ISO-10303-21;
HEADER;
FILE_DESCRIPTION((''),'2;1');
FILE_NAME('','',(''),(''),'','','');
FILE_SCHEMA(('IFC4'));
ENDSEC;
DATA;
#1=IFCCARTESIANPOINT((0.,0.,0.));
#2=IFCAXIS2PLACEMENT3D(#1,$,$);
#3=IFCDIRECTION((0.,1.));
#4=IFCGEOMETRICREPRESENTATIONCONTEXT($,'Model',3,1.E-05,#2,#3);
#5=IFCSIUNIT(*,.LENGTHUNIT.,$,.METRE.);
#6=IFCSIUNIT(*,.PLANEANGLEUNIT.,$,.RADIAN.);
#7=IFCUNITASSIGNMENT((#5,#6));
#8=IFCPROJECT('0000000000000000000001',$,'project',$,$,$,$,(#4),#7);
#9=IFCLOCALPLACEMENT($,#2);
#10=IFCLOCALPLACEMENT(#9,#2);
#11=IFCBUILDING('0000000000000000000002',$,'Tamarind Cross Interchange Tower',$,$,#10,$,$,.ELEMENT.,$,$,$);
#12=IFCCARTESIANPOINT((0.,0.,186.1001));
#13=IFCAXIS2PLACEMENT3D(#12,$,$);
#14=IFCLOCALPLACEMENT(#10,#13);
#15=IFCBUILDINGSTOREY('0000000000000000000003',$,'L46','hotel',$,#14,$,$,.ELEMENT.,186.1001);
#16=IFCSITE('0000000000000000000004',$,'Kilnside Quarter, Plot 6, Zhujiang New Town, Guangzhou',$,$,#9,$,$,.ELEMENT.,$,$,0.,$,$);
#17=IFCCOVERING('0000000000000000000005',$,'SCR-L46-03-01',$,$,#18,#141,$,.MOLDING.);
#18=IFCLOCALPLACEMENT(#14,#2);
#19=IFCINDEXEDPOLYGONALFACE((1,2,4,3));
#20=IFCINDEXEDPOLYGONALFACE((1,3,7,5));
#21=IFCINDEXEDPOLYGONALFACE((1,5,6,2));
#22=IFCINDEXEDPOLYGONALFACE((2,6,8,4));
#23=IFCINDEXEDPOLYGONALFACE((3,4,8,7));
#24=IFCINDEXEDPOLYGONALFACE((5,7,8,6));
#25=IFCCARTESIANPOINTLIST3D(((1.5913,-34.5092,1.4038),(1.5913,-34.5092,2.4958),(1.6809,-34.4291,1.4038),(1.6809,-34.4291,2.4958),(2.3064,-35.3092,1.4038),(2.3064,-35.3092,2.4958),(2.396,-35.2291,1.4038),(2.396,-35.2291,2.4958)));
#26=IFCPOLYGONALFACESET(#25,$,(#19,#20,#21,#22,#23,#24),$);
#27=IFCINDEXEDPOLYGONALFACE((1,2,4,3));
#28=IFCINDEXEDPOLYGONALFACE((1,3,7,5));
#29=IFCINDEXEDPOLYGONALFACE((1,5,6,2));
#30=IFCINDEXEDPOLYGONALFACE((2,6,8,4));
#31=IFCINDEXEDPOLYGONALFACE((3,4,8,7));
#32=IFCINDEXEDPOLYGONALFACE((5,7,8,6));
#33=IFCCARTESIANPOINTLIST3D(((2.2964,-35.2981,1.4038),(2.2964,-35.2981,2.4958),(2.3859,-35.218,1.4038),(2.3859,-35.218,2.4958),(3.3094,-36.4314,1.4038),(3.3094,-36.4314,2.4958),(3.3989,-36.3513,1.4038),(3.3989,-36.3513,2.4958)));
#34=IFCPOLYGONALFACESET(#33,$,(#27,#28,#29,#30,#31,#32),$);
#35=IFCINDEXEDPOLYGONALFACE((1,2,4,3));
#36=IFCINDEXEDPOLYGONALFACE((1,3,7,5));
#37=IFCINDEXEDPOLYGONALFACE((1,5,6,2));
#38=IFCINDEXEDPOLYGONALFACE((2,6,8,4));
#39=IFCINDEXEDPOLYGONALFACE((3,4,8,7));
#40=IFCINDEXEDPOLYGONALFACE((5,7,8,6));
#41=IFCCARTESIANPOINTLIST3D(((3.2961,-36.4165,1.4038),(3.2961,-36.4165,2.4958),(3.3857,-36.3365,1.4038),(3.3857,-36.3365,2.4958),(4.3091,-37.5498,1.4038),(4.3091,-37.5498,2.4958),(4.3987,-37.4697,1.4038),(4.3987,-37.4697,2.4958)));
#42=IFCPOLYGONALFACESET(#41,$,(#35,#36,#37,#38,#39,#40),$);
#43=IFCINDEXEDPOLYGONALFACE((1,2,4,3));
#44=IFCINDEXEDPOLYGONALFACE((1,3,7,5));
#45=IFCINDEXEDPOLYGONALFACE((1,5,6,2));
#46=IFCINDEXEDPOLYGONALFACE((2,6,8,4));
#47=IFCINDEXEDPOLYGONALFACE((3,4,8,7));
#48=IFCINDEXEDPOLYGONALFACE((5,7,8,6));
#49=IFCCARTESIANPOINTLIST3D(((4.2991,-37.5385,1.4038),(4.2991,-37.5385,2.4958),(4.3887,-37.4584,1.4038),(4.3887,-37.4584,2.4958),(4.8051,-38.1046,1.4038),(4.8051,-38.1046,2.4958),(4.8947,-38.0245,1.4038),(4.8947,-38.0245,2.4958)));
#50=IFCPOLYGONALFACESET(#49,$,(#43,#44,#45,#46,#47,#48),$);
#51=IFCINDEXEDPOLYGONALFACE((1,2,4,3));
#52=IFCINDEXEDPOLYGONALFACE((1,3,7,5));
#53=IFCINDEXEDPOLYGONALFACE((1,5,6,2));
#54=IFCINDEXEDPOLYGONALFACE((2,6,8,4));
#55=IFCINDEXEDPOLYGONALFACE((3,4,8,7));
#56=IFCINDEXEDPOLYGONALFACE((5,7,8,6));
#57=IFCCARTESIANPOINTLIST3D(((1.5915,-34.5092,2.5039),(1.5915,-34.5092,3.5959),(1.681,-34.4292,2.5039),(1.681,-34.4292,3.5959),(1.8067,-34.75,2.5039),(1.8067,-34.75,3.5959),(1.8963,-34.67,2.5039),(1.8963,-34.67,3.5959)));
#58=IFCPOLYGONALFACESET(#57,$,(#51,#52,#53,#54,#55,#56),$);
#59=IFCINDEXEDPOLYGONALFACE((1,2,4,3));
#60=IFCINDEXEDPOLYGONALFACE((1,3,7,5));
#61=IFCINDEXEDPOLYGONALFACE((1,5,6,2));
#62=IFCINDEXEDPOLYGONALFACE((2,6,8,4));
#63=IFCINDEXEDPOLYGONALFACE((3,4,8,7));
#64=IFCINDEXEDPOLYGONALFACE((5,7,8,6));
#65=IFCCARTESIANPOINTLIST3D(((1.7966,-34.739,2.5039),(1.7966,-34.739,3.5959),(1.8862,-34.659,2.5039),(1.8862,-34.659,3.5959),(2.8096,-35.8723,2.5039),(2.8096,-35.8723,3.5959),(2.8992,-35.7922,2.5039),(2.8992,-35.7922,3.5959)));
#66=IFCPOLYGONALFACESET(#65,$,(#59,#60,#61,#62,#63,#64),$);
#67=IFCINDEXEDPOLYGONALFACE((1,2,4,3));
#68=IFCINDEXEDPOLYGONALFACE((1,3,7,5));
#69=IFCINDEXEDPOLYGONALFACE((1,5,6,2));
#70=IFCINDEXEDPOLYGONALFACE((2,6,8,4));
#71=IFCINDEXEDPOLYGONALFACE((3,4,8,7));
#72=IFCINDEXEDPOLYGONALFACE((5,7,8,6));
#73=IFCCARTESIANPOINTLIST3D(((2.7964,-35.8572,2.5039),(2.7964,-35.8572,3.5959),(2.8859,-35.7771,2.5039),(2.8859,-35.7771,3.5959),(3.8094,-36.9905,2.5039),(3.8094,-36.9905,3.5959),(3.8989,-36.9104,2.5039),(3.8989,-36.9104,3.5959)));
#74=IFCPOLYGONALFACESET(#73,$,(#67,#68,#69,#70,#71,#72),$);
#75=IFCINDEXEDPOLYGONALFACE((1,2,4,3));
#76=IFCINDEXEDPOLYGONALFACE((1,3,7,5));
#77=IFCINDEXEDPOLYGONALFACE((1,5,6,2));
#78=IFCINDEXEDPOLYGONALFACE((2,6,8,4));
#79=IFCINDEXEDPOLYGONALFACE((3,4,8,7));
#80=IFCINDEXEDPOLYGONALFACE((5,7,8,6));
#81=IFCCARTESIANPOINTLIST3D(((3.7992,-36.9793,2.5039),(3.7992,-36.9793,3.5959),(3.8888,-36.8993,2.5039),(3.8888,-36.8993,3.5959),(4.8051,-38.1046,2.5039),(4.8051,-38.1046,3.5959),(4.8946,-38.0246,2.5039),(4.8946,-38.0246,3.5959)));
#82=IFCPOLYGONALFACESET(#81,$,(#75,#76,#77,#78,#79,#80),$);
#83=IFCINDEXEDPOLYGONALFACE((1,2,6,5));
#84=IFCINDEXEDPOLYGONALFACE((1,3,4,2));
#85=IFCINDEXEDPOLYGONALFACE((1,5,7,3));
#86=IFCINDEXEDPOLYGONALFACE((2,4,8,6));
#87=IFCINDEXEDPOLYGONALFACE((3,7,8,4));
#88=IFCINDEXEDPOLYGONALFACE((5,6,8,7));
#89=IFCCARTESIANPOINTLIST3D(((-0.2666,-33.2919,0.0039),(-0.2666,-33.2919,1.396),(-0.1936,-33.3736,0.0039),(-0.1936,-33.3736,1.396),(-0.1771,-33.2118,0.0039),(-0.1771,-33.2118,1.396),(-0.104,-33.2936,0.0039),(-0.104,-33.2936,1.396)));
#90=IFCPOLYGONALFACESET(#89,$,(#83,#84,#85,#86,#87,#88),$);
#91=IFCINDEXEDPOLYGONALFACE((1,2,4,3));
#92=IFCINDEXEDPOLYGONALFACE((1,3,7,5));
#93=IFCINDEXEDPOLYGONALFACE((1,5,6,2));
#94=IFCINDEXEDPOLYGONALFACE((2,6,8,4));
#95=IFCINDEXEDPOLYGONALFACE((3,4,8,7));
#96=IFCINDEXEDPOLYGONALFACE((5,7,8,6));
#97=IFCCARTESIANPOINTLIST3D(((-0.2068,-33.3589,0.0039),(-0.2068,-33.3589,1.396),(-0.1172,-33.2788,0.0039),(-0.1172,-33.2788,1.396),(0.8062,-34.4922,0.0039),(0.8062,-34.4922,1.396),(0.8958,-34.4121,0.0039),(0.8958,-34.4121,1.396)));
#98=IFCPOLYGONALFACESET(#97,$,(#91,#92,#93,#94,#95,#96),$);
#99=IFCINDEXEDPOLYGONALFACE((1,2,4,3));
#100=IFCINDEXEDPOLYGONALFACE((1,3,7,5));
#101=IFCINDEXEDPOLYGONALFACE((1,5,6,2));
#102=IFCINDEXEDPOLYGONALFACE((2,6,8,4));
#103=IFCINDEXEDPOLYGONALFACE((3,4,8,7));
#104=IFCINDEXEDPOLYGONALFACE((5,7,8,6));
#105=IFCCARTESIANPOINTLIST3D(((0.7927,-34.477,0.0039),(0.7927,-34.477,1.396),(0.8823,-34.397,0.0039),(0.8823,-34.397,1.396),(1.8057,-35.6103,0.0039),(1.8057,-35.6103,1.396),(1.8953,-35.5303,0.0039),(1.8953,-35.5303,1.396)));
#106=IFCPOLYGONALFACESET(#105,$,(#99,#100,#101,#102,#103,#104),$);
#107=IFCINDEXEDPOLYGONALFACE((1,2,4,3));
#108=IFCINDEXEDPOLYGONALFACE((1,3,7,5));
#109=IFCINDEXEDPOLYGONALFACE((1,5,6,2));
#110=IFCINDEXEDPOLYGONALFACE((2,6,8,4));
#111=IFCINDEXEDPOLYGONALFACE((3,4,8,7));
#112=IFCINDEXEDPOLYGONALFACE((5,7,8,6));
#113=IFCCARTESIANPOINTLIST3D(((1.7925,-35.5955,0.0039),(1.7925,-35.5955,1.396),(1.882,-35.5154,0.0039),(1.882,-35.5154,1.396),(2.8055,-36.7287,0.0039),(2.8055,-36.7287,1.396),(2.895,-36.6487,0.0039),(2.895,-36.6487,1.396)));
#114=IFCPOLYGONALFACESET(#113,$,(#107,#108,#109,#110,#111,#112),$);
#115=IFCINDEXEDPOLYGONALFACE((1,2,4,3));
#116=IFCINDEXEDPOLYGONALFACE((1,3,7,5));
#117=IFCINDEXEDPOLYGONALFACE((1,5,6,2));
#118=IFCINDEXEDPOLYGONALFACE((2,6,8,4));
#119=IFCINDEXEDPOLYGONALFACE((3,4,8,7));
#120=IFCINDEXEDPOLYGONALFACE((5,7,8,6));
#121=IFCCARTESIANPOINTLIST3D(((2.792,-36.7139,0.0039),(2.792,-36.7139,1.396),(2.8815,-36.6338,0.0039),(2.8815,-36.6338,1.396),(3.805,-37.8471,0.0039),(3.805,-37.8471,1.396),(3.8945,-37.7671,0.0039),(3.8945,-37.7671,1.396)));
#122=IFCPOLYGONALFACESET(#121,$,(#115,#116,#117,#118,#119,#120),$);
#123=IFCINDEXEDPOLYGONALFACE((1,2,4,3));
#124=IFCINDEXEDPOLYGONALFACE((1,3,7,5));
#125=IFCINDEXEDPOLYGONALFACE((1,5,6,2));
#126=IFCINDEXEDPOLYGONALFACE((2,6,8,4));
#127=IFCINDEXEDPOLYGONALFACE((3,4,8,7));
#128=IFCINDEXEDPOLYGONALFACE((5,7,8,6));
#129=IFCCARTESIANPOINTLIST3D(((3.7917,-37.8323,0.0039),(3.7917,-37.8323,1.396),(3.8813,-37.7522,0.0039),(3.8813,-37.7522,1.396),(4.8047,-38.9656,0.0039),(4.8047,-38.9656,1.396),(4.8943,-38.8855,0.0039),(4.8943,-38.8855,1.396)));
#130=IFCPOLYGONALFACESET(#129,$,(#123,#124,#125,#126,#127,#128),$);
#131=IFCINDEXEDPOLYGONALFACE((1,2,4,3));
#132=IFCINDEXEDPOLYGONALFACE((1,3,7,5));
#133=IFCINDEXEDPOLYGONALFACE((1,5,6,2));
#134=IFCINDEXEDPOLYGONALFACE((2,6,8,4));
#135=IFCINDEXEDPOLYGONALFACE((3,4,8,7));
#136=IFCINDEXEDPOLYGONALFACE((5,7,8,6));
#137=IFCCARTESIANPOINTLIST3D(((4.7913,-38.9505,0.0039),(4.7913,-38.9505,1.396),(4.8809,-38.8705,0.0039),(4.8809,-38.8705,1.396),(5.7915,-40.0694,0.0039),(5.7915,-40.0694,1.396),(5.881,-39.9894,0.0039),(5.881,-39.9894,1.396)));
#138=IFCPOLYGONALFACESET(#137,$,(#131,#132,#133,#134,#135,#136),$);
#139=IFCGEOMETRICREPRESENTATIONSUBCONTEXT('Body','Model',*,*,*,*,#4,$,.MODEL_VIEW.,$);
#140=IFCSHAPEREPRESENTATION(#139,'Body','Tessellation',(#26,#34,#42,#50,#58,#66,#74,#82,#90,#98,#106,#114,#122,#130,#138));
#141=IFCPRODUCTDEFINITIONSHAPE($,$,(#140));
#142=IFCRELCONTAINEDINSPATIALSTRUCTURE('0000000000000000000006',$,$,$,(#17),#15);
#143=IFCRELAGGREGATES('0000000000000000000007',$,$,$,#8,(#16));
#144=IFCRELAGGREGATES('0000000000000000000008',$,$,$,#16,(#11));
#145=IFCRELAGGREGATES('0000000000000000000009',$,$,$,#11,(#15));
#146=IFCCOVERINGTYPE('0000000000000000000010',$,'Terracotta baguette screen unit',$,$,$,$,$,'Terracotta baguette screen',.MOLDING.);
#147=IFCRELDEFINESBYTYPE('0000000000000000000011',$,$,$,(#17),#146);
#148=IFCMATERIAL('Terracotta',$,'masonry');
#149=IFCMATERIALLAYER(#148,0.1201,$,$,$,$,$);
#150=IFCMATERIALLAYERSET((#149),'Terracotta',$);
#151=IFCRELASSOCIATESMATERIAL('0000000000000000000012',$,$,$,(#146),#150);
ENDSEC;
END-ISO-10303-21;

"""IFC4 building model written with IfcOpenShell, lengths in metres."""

from ifc_helpers import new_model, si_unit, direction, frame, origin, origin_2d, place, context, subcontext, project, spatial, rectangle, extrude, material, layer, layer_set, type_object, element, save


model = new_model("IFC4")

# Units and contexts
model_context = context("Model", 3, precision=1e-05, world=origin(), true_north=direction((0.0, 1.0)))
body_context = subcontext(model_context, "Body", "Model", "MODEL_VIEW")
ifc_project = project(units=[si_unit("LENGTHUNIT", "METRE"), si_unit("PLANEANGLEUNIT", "RADIAN")], contexts=[model_context])

# Site, building, storey
site_placement = place(None, origin())
site = spatial("IfcSite", under=ifc_project, at=site_placement, Name="Kilnside Quarter, Plot 6, Zhujiang New Town, Guangzhou", CompositionType="ELEMENT", RefElevation=0.0)
building_placement = place(site_placement, origin())
building = spatial("IfcBuilding", under=site, at=building_placement, Name="Tamarind Cross Interchange Tower", CompositionType="ELEMENT")
storey_placement = place(building_placement, frame((0.0, 0.0, 186.1001)))
storey = spatial("IfcBuildingStorey", under=building, at=storey_placement, Name="L46", Description="hotel", CompositionType="ELEMENT", Elevation=186.1001)

# Covering
ifc_material_1 = material(Name="Terracotta", Category="masonry")
ifc_layer_1 = layer(ifc_material_1, 0.1201)
ifc_layer_set_1 = layer_set([ifc_layer_1], Name="Terracotta")
covering_type = type_object("IfcCoveringType", Name="Terracotta baguette screen unit", ElementType="Terracotta baguette screen", PredefinedType="MOLDING", material=ifc_layer_set_1)
covering_1_placement = place(storey_placement, origin())
element("IfcCovering", 1, at=covering_1_placement, inside=storey, type_object=covering_type, Name="SCR-L46-03-01", PredefinedType="MOLDING", context=body_context, shape_type="SweptSolid", body=[
    extrude(rectangle(XDim=1.073, YDim=0.1201, at=origin_2d()), frame((1.9937, -34.8691, 1.4038), z_axis=(0.0, 0.0, 1.0), x_axis=(0.666428, -0.745569, 0.0)), (0.0, 0.0, 1.0), 1.092),
    extrude(rectangle(XDim=1.52, YDim=0.1201, at=origin_2d()), frame((2.8477, -35.8247, 1.4038), z_axis=(0.0, 0.0, 1.0), x_axis=(0.666428, -0.745569, 0.0)), (0.0, 0.0, 1.0), 1.092),
    extrude(rectangle(XDim=1.52, YDim=0.1201, at=origin_2d()), frame((3.8474, -36.9431, 1.4038), z_axis=(0.0, 0.0, 1.0), x_axis=(0.666428, -0.745569, 0.0)), (0.0, 0.0, 1.0), 1.092),
    extrude(rectangle(XDim=0.7593, YDim=0.1201, at=origin_2d()), frame((4.5969, -37.7815, 1.4038), z_axis=(0.0, 0.0, 1.0), x_axis=(0.666428, -0.745569, 0.0)), (0.0, 0.0, 1.0), 1.092),
    extrude(rectangle(XDim=0.323, YDim=0.1201, at=origin_2d()), frame((1.7439, -34.5896, 2.5039), z_axis=(0.0, 0.0, 1.0), x_axis=(0.666428, -0.745569, 0.0)), (0.0, 0.0, 1.0), 1.092),
    extrude(rectangle(XDim=1.52, YDim=0.1201, at=origin_2d()), frame((2.3479, -35.2656, 2.5039), z_axis=(0.0, 0.0, 1.0), x_axis=(0.666428, -0.745569, 0.0)), (0.0, 0.0, 1.0), 1.092),
    extrude(rectangle(XDim=1.52, YDim=0.1201, at=origin_2d()), frame((3.3477, -36.3838, 2.5039), z_axis=(0.0, 0.0, 1.0), x_axis=(0.666428, -0.745569, 0.0)), (0.0, 0.0, 1.0), 1.092),
    extrude(rectangle(XDim=1.5093, YDim=0.1201, at=origin_2d()), frame((4.3469, -37.502, 2.5039), z_axis=(0.0, 0.0, 1.0), x_axis=(0.666428, -0.745569, 0.0)), (0.0, 0.0, 1.0), 1.092),
    extrude(rectangle(XDim=0.1096, YDim=0.1201, at=origin_2d()), frame((-0.1853, -33.2927, 0.0039), z_axis=(0.0, 0.0, 1.0), x_axis=(0.666428, -0.745569, 0.0)), (0.0, 0.0, 1.0), 1.3921),
    extrude(rectangle(XDim=1.52, YDim=0.1201, at=origin_2d()), frame((0.3445, -33.8855, 0.0039), z_axis=(0.0, 0.0, 1.0), x_axis=(0.666428, -0.745569, 0.0)), (0.0, 0.0, 1.0), 1.3921),
    extrude(rectangle(XDim=1.52, YDim=0.1201, at=origin_2d()), frame((1.344, -35.0037, 0.0039), z_axis=(0.0, 0.0, 1.0), x_axis=(0.666428, -0.745569, 0.0)), (0.0, 0.0, 1.0), 1.3921),
    extrude(rectangle(XDim=1.52, YDim=0.1201, at=origin_2d()), frame((2.3438, -36.1221, 0.0039), z_axis=(0.0, 0.0, 1.0), x_axis=(0.666428, -0.745569, 0.0)), (0.0, 0.0, 1.0), 1.3921),
    extrude(rectangle(XDim=1.52, YDim=0.1201, at=origin_2d()), frame((3.3433, -37.2405, 0.0039), z_axis=(0.0, 0.0, 1.0), x_axis=(0.666428, -0.745569, 0.0)), (0.0, 0.0, 1.0), 1.3921),
    extrude(rectangle(XDim=1.52, YDim=0.1201, at=origin_2d()), frame((4.343, -38.3589, 0.0039), z_axis=(0.0, 0.0, 1.0), x_axis=(0.666428, -0.745569, 0.0)), (0.0, 0.0, 1.0), 1.3921),
    extrude(rectangle(XDim=1.5007, YDim=0.1201, at=origin_2d()), frame((5.3362, -39.47, 0.0039), z_axis=(0.0, 0.0, 1.0), x_axis=(0.666428, -0.745569, 0.0)), (0.0, 0.0, 1.0), 1.3921),
])

save(model, "model.ifc")
